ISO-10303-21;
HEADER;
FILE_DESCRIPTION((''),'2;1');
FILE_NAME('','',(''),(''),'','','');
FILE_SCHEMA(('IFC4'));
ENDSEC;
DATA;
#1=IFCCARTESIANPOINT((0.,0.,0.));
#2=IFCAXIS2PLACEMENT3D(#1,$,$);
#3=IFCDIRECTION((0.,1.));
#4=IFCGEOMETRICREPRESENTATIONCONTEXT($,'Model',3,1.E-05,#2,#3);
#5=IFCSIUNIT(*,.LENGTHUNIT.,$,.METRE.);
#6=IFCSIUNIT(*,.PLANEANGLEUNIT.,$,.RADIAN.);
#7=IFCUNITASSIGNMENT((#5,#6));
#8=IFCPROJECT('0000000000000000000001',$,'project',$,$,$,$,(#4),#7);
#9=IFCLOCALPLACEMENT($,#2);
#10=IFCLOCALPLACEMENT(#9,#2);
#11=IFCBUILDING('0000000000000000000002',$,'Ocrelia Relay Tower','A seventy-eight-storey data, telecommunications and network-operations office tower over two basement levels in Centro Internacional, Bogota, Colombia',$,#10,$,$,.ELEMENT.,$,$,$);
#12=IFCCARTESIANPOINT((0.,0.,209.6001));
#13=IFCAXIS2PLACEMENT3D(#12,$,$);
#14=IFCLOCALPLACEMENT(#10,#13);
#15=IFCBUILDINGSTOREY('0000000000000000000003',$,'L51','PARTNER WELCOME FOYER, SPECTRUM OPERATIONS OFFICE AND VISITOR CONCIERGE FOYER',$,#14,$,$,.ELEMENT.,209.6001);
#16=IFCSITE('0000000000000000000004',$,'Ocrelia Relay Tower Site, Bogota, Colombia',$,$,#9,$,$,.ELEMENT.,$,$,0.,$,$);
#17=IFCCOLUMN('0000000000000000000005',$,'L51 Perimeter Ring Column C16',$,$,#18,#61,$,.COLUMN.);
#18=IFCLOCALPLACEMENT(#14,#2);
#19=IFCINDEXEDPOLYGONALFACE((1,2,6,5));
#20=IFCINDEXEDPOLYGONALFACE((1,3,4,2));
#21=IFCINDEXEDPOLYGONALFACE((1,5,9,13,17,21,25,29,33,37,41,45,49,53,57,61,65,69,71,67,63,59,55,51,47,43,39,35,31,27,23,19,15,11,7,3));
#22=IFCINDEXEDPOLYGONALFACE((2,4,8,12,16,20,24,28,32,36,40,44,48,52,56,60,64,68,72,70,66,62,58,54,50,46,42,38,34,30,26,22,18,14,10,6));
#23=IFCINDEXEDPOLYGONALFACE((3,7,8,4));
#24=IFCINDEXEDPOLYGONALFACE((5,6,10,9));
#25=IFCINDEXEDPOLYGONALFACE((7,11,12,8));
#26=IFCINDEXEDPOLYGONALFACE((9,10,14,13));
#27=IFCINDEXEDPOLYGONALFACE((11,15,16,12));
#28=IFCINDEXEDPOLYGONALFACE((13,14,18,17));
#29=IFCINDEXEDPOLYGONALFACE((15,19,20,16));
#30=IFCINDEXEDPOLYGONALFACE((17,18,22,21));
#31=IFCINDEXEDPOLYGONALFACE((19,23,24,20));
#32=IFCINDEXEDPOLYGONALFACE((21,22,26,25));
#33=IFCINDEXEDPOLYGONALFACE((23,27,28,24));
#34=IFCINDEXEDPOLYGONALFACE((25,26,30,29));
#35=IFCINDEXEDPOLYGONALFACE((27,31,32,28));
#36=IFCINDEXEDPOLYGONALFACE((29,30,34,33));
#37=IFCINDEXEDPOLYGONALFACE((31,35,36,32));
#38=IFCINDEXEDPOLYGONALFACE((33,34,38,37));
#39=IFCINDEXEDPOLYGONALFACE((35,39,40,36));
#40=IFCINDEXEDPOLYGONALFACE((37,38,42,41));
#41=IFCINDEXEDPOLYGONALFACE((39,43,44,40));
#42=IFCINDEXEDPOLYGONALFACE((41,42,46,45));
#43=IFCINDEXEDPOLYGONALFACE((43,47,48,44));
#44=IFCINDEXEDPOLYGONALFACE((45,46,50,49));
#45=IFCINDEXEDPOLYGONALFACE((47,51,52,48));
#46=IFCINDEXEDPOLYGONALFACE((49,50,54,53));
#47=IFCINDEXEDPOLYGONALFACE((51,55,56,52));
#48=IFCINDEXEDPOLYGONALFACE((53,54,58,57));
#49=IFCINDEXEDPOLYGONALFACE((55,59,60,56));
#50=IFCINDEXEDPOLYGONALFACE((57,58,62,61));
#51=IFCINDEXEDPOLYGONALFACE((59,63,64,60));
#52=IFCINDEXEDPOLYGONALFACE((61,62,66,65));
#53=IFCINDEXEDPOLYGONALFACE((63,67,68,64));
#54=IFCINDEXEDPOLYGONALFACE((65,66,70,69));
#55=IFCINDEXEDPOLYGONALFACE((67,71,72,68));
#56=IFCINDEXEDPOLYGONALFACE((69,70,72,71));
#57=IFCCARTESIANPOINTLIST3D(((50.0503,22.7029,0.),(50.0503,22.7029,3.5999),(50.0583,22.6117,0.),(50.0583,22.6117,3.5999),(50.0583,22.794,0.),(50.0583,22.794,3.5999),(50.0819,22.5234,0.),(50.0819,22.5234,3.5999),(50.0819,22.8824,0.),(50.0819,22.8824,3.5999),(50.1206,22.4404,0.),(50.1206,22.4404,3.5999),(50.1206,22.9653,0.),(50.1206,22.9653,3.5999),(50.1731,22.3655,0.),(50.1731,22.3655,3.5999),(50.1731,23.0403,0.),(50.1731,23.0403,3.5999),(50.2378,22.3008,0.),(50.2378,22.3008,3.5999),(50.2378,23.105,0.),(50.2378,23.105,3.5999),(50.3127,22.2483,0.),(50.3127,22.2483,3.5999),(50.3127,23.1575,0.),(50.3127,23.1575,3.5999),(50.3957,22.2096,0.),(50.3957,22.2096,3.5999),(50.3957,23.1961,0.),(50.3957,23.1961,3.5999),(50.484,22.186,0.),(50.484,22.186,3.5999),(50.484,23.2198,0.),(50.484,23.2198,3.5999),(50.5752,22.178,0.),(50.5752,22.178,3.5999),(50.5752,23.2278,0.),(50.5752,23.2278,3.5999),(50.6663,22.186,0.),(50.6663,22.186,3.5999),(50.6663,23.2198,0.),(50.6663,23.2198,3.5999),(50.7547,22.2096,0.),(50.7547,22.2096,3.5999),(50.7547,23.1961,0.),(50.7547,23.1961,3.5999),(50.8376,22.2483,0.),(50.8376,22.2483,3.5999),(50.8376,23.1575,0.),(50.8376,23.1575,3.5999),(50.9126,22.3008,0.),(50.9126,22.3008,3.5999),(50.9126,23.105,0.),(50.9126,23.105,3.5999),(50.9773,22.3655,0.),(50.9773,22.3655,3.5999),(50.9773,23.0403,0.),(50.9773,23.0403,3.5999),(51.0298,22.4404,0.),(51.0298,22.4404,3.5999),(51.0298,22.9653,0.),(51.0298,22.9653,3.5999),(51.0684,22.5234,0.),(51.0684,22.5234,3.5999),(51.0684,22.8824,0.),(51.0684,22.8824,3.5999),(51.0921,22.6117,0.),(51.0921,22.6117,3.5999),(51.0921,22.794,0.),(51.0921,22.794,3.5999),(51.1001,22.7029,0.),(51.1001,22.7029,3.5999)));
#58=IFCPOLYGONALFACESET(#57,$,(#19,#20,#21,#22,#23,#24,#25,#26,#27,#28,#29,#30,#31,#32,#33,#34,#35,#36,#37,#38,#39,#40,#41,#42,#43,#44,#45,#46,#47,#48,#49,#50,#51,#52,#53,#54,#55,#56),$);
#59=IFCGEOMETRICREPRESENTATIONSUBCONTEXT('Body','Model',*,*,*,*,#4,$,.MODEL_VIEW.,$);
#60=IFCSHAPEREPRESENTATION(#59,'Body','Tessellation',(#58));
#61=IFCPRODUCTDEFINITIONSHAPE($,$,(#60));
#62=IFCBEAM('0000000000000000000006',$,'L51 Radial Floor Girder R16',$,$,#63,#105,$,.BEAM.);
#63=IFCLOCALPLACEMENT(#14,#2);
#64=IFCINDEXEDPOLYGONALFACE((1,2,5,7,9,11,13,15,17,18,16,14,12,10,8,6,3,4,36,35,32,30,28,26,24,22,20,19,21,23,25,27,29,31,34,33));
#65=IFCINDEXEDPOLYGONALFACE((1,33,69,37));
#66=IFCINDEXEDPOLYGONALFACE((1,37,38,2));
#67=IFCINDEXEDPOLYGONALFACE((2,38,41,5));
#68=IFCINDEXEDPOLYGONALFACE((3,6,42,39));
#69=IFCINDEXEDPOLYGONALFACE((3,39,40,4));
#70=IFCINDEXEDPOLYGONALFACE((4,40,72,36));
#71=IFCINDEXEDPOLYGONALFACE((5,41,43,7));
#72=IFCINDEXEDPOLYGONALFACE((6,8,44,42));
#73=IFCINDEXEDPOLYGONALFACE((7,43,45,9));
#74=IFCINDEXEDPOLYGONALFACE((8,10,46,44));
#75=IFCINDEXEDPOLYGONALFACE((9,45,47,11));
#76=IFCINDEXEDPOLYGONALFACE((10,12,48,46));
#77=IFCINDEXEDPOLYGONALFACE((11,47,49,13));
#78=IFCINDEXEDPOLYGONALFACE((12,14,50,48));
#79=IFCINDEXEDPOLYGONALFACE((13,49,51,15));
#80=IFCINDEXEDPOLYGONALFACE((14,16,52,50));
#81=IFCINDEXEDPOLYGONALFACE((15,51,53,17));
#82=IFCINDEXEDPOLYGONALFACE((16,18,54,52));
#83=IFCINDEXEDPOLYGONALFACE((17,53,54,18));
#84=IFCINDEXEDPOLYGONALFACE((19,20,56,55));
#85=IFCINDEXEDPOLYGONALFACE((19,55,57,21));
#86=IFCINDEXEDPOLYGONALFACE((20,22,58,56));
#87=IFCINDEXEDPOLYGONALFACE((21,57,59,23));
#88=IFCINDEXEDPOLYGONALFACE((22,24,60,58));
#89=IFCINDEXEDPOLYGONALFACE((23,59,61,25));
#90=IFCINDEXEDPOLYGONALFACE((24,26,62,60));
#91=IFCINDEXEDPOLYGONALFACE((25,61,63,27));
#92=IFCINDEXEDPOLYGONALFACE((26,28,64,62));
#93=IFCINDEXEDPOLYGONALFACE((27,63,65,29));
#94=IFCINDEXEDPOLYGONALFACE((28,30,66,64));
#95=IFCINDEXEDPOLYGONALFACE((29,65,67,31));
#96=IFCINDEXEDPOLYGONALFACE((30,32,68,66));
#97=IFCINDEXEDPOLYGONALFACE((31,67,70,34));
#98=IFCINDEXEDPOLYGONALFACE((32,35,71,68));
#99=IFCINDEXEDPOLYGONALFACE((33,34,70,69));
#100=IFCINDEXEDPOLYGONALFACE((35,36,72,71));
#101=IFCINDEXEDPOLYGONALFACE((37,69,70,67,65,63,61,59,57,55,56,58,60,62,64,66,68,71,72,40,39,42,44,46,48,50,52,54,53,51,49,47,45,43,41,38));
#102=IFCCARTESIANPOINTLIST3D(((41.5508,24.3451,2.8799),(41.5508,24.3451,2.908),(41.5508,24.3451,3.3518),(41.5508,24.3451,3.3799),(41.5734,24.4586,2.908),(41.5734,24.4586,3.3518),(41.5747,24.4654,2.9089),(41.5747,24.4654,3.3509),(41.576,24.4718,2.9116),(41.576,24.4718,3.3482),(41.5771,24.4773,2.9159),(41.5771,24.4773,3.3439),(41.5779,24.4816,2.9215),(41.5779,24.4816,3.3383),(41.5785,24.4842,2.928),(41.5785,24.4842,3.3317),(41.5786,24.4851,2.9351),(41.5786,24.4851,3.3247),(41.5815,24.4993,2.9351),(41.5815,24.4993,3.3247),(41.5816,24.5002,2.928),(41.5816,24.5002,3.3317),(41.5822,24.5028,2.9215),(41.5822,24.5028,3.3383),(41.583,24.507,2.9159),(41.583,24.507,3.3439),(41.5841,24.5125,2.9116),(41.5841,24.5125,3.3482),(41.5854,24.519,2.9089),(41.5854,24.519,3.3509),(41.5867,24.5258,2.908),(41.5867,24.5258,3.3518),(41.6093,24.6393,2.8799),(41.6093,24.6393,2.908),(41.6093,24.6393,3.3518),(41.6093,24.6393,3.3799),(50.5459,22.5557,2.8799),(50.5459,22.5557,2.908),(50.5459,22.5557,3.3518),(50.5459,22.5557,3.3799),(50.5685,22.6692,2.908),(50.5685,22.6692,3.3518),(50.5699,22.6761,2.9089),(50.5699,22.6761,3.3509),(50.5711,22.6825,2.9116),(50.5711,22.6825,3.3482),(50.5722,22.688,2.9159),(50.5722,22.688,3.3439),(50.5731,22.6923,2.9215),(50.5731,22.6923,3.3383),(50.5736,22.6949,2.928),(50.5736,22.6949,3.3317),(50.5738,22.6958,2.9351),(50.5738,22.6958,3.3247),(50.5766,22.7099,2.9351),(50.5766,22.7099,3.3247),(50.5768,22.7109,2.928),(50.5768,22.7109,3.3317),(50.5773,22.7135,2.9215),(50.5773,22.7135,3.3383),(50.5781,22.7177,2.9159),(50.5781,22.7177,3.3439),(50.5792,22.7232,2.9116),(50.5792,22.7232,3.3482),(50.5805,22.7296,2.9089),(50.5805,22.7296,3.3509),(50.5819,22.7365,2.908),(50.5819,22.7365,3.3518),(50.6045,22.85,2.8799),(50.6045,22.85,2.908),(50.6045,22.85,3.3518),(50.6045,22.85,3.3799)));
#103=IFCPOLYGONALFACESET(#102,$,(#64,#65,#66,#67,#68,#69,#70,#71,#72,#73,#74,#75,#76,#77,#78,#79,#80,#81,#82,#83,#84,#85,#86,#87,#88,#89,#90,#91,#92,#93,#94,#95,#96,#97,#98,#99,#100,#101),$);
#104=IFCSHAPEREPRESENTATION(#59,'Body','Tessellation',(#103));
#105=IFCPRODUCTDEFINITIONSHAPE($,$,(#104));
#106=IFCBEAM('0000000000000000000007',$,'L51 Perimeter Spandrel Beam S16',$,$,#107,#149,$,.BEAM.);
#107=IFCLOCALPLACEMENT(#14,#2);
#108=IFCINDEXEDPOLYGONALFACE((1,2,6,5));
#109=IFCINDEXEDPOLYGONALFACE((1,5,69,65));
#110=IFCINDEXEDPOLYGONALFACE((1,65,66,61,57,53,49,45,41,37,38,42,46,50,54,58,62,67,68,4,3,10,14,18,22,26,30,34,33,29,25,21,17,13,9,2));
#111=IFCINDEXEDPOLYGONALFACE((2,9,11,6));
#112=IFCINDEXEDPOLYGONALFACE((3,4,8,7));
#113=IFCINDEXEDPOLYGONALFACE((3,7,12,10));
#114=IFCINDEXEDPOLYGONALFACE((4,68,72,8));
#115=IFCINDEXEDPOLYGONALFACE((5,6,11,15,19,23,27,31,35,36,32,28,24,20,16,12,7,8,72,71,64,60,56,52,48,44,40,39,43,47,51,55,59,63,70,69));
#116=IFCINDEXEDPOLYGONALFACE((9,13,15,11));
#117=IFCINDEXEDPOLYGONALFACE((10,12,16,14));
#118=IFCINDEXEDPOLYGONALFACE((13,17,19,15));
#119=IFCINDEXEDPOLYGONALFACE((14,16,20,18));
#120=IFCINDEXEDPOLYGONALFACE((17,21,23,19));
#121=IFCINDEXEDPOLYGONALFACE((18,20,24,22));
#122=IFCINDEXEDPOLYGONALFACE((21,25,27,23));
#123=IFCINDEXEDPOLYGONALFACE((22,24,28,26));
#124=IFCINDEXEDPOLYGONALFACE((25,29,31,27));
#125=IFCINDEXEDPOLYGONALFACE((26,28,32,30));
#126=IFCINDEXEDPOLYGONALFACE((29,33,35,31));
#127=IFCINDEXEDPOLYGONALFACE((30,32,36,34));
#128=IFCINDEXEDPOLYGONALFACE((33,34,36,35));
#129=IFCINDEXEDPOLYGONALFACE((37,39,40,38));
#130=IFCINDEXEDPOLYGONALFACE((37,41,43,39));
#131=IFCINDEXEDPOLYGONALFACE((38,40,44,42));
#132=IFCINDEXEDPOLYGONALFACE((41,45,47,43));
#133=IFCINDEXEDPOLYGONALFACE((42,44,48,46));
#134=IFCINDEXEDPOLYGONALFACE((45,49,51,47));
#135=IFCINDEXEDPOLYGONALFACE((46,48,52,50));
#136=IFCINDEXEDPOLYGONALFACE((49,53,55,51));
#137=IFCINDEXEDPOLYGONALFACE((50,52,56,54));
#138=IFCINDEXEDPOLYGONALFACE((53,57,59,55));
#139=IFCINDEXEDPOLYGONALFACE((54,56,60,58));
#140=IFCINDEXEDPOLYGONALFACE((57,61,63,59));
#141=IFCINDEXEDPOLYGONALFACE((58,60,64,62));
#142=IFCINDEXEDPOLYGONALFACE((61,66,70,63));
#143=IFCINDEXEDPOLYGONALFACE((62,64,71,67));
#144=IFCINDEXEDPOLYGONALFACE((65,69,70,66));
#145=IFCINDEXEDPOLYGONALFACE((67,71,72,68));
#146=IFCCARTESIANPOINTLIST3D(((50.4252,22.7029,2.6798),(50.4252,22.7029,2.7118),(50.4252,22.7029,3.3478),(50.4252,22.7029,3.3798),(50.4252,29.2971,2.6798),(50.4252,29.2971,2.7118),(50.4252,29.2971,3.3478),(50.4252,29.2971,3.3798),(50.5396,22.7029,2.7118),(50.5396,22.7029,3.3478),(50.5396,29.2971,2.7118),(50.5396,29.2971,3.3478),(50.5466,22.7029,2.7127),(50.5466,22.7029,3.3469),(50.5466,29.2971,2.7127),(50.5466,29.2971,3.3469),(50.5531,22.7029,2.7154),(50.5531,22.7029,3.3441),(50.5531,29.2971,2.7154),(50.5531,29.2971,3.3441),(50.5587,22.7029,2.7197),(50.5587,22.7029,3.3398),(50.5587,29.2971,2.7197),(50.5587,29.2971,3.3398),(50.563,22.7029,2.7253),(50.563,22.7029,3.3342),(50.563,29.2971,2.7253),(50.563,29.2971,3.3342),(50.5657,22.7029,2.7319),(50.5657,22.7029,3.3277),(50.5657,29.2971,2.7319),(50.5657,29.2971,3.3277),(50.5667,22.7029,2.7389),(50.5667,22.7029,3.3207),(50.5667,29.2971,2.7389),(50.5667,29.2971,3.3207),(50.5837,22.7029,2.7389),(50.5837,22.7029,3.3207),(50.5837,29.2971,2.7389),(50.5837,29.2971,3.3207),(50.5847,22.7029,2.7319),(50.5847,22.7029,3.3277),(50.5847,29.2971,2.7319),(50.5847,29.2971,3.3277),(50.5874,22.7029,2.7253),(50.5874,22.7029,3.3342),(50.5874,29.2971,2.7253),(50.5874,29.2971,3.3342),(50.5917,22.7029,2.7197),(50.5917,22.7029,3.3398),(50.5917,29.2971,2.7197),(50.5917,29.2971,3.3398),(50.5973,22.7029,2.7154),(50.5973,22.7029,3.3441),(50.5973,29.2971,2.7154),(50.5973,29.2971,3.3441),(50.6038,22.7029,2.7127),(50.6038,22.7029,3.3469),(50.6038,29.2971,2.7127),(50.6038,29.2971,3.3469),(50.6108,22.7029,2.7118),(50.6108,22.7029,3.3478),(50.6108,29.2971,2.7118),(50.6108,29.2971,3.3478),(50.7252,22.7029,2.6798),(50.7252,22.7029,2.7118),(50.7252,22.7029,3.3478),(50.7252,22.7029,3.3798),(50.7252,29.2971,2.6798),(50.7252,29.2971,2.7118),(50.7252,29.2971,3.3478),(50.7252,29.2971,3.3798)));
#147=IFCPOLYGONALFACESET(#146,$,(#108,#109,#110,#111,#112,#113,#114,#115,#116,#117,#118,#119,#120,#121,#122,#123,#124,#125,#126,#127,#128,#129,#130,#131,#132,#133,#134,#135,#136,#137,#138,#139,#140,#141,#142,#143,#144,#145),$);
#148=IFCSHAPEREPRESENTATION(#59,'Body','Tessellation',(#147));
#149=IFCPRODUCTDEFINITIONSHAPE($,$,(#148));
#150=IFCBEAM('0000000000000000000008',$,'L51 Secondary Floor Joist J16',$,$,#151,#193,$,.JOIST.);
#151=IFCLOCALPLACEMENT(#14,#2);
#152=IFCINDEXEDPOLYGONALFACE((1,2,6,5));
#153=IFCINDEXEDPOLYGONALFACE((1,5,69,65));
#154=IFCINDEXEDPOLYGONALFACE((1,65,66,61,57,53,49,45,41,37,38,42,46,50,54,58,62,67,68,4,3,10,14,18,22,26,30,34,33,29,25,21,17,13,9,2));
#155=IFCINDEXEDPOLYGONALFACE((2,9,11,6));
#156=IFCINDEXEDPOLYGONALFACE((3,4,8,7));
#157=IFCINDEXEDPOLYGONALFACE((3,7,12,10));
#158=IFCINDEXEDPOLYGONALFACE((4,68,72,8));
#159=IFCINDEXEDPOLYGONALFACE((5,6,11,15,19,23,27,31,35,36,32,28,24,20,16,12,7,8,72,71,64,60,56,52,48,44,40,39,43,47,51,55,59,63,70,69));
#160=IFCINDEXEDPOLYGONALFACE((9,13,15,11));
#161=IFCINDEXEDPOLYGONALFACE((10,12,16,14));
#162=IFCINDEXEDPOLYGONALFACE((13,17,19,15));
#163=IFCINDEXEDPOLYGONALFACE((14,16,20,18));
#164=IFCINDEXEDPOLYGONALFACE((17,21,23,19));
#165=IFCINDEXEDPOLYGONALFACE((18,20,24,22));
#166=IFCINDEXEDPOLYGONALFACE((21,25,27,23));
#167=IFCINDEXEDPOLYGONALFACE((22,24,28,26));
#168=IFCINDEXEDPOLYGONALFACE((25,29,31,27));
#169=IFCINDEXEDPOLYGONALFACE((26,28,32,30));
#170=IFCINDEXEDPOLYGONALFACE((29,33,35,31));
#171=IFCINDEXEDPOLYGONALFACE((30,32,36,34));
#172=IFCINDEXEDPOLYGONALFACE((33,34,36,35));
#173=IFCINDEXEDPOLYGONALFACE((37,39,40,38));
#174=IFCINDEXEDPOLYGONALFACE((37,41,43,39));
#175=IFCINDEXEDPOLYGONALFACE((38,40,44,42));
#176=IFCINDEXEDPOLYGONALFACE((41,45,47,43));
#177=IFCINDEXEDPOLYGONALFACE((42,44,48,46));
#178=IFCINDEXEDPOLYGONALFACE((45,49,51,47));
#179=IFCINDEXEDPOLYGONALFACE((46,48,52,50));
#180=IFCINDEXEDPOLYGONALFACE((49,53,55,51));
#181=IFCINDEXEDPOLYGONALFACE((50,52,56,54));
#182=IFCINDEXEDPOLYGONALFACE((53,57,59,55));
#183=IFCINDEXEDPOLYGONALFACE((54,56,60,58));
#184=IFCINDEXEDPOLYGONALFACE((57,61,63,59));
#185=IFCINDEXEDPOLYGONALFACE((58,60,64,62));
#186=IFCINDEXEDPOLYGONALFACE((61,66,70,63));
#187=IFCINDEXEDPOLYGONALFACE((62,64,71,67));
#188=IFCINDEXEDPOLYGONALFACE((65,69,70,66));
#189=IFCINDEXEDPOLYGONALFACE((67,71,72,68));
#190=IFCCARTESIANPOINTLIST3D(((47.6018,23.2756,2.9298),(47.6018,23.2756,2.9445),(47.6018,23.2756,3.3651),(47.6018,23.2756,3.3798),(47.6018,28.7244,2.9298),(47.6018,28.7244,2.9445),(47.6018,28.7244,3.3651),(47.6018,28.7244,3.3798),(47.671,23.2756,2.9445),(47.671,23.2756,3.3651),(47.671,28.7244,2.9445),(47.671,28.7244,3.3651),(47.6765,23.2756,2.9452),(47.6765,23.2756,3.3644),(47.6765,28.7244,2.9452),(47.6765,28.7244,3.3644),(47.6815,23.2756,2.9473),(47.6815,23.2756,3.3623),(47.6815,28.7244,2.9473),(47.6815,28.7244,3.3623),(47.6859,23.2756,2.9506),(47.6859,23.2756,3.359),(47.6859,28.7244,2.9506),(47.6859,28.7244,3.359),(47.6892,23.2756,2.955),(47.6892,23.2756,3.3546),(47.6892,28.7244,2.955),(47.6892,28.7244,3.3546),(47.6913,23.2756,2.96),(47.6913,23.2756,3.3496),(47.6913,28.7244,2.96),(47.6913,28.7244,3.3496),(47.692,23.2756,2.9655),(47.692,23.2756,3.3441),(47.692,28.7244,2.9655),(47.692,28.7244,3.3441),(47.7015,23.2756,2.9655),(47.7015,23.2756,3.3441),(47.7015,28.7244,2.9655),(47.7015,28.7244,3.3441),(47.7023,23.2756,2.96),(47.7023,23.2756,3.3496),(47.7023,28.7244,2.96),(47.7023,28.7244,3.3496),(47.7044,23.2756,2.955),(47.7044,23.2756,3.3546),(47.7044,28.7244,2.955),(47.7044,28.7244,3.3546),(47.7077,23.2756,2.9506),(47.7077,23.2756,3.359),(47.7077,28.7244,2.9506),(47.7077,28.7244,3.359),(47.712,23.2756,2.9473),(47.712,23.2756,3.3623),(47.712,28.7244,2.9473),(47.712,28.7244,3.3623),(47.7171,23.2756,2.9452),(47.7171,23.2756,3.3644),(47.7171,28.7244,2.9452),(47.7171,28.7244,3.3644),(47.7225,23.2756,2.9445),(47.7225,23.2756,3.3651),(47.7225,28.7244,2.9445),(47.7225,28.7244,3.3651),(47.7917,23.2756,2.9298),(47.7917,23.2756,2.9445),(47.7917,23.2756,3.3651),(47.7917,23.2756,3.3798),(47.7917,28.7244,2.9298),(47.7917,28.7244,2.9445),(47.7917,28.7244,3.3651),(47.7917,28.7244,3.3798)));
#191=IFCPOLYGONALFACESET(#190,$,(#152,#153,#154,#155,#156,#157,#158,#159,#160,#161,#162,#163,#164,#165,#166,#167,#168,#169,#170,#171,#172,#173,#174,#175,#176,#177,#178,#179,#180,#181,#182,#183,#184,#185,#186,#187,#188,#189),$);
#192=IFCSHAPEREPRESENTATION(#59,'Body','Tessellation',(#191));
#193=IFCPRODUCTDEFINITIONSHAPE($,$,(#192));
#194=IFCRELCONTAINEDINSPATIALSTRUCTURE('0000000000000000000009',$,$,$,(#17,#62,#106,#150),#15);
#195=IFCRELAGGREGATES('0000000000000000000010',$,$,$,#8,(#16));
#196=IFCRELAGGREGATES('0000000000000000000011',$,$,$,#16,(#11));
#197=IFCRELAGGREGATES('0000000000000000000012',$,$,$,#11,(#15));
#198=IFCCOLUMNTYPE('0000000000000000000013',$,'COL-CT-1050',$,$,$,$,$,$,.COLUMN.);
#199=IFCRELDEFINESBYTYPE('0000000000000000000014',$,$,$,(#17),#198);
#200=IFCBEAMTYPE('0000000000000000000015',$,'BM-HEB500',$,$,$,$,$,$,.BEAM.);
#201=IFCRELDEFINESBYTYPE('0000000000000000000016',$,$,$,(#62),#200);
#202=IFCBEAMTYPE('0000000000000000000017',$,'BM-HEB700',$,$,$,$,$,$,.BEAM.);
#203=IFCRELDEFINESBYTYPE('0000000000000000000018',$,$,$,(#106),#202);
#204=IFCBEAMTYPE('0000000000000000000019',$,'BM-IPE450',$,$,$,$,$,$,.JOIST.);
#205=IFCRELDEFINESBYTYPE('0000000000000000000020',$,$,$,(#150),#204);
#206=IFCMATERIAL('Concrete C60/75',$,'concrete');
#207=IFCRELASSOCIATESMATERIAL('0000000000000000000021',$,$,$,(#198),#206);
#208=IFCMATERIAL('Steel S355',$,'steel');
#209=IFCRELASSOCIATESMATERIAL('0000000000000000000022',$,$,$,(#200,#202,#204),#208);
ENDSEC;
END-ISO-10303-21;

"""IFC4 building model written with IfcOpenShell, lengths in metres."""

from ifc_helpers import new_model, si_unit, direction, frame, origin, origin_2d, place, context, subcontext, project, spatial, circle, i_section, extrude, material, material_profile, profile_set, type_object, element, save


model = new_model("IFC4")

# Units and contexts
model_context = context("Model", 3, precision=1e-05, world=origin(), true_north=direction((0.0, 1.0)))
body_context = subcontext(model_context, "Body", "Model", "MODEL_VIEW")
ifc_project = project(units=[si_unit("LENGTHUNIT", "METRE"), si_unit("PLANEANGLEUNIT", "RADIAN")], contexts=[model_context])

# Site, building, storey
site_placement = place(None, origin())
site = spatial("IfcSite", under=ifc_project, at=site_placement, Name="Ocrelia Relay Tower Site, Bogota, Colombia", CompositionType="ELEMENT", RefElevation=0.0)
building_placement = place(site_placement, origin())
building = spatial("IfcBuilding", under=site, at=building_placement, Name="Ocrelia Relay Tower", Description="A seventy-eight-storey data, telecommunications and network-operations office tower over two basement levels in Centro Internacional, Bogota, Colombia", CompositionType="ELEMENT")
storey_placement = place(building_placement, frame((0.0, 0.0, 209.6001)))
storey = spatial("IfcBuildingStorey", under=building, at=storey_placement, Name="L51", Description="PARTNER WELCOME FOYER, SPECTRUM OPERATIONS OFFICE AND VISITOR CONCIERGE FOYER", CompositionType="ELEMENT", Elevation=209.6001)

# Column
ifc_material_1 = material(Name="Concrete C60/75", Category="concrete")
ifc_material_profile_1 = material_profile(ifc_material_1, circle(Radius=0.5249, at=origin_2d()), Name="RC-CIR-1050")
ifc_profile_set_1 = profile_set([ifc_material_profile_1], Name="Concrete C60/75")
column_type = type_object("IfcColumnType", Name="COL-CT-1050", PredefinedType="COLUMN", material=ifc_profile_set_1)
column_placement = place(storey_placement, frame((50.5752, 22.7029, 0.0), z_axis=(0.0, 0.0, 1.0), x_axis=(1.0, 0.0, 0.0)))
element("IfcColumn", 1, at=column_placement, inside=storey, type_object=column_type, Name="L51 Perimeter Ring Column C16", PredefinedType="COLUMN", context=body_context, shape_type="SweptSolid", body=[
    extrude(circle(Radius=0.5249, at=origin_2d()), origin(), (0.0, 0.0, 1.0), 3.5999),
])

# Beams
ifc_material_2 = material(Name="Steel S355", Category="steel")
ifc_material_profile_2 = material_profile(ifc_material_2, i_section(OverallWidth=0.3, OverallDepth=0.5, WebThickness=0.0144, FlangeThickness=0.0281, FilletRadius=0.0271, at=origin_2d()), Name="HEB 500")
ifc_profile_set_2 = profile_set([ifc_material_profile_2], Name="Steel S355")
beam_type_1 = type_object("IfcBeamType", Name="BM-HEB500", PredefinedType="BEAM", material=ifc_profile_set_2)
beam_1_placement = place(storey_placement, frame((50.5752, 22.7029, 3.1299), z_axis=(-0.980784, 0.195097, 0.0), x_axis=(-0.195097, -0.980784, 0.0)))
element("IfcBeam", 2, at=beam_1_placement, inside=storey, type_object=beam_type_1, Name="L51 Radial Floor Girder R16", PredefinedType="BEAM", context=body_context, shape_type="SweptSolid", body=[
    extrude(i_section(OverallWidth=0.3, OverallDepth=0.5, WebThickness=0.0144, FlangeThickness=0.0281, FilletRadius=0.0271, at=origin_2d()), origin(), (0.0, 0.0, 1.0), 9.1714),
])
ifc_material_profile_3 = material_profile(ifc_material_2, i_section(OverallWidth=0.3, OverallDepth=0.7, WebThickness=0.0171, FlangeThickness=0.032, FilletRadius=0.0271, at=origin_2d()), Name="HEB 700")
ifc_profile_set_3 = profile_set([ifc_material_profile_3], Name="Steel S355")
beam_type_2 = type_object("IfcBeamType", Name="BM-HEB700", PredefinedType="BEAM", material=ifc_profile_set_3)
beam_2_placement = place(storey_placement, frame((50.5752, 22.7029, 3.0298), z_axis=(0.0, 1.0, 0.0), x_axis=(-1.0, 0.0, 0.0)))
element("IfcBeam", 3, at=beam_2_placement, inside=storey, type_object=beam_type_2, Name="L51 Perimeter Spandrel Beam S16", PredefinedType="BEAM", context=body_context, shape_type="SweptSolid", body=[
    extrude(i_section(OverallWidth=0.3, OverallDepth=0.7, WebThickness=0.0171, FlangeThickness=0.032, FilletRadius=0.0271, at=origin_2d()), origin(), (0.0, 0.0, 1.0), 6.5942),
])
ifc_material_profile_4 = material_profile(ifc_material_2, i_section(OverallWidth=0.1899, OverallDepth=0.45, WebThickness=0.0095, FlangeThickness=0.0146, FilletRadius=0.021, at=origin_2d()), Name="IPE 450")
ifc_profile_set_4 = profile_set([ifc_material_profile_4], Name="Steel S355")
beam_type_3 = type_object("IfcBeamType", Name="BM-IPE450", PredefinedType="JOIST", material=ifc_profile_set_4)
beam_3_placement = place(storey_placement, frame((47.6968, 23.2756, 3.1548), z_axis=(0.0, 1.0, 0.0), x_axis=(-1.0, 0.0, 0.0)))
element("IfcBeam", 4, at=beam_3_placement, inside=storey, type_object=beam_type_3, Name="L51 Secondary Floor Joist J16", PredefinedType="JOIST", context=body_context, shape_type="SweptSolid", body=[
    extrude(i_section(OverallWidth=0.1899, OverallDepth=0.45, WebThickness=0.0095, FlangeThickness=0.0146, FilletRadius=0.021, at=origin_2d()), origin(), (0.0, 0.0, 1.0), 5.4487),
])

save(model, "model.ifc")
